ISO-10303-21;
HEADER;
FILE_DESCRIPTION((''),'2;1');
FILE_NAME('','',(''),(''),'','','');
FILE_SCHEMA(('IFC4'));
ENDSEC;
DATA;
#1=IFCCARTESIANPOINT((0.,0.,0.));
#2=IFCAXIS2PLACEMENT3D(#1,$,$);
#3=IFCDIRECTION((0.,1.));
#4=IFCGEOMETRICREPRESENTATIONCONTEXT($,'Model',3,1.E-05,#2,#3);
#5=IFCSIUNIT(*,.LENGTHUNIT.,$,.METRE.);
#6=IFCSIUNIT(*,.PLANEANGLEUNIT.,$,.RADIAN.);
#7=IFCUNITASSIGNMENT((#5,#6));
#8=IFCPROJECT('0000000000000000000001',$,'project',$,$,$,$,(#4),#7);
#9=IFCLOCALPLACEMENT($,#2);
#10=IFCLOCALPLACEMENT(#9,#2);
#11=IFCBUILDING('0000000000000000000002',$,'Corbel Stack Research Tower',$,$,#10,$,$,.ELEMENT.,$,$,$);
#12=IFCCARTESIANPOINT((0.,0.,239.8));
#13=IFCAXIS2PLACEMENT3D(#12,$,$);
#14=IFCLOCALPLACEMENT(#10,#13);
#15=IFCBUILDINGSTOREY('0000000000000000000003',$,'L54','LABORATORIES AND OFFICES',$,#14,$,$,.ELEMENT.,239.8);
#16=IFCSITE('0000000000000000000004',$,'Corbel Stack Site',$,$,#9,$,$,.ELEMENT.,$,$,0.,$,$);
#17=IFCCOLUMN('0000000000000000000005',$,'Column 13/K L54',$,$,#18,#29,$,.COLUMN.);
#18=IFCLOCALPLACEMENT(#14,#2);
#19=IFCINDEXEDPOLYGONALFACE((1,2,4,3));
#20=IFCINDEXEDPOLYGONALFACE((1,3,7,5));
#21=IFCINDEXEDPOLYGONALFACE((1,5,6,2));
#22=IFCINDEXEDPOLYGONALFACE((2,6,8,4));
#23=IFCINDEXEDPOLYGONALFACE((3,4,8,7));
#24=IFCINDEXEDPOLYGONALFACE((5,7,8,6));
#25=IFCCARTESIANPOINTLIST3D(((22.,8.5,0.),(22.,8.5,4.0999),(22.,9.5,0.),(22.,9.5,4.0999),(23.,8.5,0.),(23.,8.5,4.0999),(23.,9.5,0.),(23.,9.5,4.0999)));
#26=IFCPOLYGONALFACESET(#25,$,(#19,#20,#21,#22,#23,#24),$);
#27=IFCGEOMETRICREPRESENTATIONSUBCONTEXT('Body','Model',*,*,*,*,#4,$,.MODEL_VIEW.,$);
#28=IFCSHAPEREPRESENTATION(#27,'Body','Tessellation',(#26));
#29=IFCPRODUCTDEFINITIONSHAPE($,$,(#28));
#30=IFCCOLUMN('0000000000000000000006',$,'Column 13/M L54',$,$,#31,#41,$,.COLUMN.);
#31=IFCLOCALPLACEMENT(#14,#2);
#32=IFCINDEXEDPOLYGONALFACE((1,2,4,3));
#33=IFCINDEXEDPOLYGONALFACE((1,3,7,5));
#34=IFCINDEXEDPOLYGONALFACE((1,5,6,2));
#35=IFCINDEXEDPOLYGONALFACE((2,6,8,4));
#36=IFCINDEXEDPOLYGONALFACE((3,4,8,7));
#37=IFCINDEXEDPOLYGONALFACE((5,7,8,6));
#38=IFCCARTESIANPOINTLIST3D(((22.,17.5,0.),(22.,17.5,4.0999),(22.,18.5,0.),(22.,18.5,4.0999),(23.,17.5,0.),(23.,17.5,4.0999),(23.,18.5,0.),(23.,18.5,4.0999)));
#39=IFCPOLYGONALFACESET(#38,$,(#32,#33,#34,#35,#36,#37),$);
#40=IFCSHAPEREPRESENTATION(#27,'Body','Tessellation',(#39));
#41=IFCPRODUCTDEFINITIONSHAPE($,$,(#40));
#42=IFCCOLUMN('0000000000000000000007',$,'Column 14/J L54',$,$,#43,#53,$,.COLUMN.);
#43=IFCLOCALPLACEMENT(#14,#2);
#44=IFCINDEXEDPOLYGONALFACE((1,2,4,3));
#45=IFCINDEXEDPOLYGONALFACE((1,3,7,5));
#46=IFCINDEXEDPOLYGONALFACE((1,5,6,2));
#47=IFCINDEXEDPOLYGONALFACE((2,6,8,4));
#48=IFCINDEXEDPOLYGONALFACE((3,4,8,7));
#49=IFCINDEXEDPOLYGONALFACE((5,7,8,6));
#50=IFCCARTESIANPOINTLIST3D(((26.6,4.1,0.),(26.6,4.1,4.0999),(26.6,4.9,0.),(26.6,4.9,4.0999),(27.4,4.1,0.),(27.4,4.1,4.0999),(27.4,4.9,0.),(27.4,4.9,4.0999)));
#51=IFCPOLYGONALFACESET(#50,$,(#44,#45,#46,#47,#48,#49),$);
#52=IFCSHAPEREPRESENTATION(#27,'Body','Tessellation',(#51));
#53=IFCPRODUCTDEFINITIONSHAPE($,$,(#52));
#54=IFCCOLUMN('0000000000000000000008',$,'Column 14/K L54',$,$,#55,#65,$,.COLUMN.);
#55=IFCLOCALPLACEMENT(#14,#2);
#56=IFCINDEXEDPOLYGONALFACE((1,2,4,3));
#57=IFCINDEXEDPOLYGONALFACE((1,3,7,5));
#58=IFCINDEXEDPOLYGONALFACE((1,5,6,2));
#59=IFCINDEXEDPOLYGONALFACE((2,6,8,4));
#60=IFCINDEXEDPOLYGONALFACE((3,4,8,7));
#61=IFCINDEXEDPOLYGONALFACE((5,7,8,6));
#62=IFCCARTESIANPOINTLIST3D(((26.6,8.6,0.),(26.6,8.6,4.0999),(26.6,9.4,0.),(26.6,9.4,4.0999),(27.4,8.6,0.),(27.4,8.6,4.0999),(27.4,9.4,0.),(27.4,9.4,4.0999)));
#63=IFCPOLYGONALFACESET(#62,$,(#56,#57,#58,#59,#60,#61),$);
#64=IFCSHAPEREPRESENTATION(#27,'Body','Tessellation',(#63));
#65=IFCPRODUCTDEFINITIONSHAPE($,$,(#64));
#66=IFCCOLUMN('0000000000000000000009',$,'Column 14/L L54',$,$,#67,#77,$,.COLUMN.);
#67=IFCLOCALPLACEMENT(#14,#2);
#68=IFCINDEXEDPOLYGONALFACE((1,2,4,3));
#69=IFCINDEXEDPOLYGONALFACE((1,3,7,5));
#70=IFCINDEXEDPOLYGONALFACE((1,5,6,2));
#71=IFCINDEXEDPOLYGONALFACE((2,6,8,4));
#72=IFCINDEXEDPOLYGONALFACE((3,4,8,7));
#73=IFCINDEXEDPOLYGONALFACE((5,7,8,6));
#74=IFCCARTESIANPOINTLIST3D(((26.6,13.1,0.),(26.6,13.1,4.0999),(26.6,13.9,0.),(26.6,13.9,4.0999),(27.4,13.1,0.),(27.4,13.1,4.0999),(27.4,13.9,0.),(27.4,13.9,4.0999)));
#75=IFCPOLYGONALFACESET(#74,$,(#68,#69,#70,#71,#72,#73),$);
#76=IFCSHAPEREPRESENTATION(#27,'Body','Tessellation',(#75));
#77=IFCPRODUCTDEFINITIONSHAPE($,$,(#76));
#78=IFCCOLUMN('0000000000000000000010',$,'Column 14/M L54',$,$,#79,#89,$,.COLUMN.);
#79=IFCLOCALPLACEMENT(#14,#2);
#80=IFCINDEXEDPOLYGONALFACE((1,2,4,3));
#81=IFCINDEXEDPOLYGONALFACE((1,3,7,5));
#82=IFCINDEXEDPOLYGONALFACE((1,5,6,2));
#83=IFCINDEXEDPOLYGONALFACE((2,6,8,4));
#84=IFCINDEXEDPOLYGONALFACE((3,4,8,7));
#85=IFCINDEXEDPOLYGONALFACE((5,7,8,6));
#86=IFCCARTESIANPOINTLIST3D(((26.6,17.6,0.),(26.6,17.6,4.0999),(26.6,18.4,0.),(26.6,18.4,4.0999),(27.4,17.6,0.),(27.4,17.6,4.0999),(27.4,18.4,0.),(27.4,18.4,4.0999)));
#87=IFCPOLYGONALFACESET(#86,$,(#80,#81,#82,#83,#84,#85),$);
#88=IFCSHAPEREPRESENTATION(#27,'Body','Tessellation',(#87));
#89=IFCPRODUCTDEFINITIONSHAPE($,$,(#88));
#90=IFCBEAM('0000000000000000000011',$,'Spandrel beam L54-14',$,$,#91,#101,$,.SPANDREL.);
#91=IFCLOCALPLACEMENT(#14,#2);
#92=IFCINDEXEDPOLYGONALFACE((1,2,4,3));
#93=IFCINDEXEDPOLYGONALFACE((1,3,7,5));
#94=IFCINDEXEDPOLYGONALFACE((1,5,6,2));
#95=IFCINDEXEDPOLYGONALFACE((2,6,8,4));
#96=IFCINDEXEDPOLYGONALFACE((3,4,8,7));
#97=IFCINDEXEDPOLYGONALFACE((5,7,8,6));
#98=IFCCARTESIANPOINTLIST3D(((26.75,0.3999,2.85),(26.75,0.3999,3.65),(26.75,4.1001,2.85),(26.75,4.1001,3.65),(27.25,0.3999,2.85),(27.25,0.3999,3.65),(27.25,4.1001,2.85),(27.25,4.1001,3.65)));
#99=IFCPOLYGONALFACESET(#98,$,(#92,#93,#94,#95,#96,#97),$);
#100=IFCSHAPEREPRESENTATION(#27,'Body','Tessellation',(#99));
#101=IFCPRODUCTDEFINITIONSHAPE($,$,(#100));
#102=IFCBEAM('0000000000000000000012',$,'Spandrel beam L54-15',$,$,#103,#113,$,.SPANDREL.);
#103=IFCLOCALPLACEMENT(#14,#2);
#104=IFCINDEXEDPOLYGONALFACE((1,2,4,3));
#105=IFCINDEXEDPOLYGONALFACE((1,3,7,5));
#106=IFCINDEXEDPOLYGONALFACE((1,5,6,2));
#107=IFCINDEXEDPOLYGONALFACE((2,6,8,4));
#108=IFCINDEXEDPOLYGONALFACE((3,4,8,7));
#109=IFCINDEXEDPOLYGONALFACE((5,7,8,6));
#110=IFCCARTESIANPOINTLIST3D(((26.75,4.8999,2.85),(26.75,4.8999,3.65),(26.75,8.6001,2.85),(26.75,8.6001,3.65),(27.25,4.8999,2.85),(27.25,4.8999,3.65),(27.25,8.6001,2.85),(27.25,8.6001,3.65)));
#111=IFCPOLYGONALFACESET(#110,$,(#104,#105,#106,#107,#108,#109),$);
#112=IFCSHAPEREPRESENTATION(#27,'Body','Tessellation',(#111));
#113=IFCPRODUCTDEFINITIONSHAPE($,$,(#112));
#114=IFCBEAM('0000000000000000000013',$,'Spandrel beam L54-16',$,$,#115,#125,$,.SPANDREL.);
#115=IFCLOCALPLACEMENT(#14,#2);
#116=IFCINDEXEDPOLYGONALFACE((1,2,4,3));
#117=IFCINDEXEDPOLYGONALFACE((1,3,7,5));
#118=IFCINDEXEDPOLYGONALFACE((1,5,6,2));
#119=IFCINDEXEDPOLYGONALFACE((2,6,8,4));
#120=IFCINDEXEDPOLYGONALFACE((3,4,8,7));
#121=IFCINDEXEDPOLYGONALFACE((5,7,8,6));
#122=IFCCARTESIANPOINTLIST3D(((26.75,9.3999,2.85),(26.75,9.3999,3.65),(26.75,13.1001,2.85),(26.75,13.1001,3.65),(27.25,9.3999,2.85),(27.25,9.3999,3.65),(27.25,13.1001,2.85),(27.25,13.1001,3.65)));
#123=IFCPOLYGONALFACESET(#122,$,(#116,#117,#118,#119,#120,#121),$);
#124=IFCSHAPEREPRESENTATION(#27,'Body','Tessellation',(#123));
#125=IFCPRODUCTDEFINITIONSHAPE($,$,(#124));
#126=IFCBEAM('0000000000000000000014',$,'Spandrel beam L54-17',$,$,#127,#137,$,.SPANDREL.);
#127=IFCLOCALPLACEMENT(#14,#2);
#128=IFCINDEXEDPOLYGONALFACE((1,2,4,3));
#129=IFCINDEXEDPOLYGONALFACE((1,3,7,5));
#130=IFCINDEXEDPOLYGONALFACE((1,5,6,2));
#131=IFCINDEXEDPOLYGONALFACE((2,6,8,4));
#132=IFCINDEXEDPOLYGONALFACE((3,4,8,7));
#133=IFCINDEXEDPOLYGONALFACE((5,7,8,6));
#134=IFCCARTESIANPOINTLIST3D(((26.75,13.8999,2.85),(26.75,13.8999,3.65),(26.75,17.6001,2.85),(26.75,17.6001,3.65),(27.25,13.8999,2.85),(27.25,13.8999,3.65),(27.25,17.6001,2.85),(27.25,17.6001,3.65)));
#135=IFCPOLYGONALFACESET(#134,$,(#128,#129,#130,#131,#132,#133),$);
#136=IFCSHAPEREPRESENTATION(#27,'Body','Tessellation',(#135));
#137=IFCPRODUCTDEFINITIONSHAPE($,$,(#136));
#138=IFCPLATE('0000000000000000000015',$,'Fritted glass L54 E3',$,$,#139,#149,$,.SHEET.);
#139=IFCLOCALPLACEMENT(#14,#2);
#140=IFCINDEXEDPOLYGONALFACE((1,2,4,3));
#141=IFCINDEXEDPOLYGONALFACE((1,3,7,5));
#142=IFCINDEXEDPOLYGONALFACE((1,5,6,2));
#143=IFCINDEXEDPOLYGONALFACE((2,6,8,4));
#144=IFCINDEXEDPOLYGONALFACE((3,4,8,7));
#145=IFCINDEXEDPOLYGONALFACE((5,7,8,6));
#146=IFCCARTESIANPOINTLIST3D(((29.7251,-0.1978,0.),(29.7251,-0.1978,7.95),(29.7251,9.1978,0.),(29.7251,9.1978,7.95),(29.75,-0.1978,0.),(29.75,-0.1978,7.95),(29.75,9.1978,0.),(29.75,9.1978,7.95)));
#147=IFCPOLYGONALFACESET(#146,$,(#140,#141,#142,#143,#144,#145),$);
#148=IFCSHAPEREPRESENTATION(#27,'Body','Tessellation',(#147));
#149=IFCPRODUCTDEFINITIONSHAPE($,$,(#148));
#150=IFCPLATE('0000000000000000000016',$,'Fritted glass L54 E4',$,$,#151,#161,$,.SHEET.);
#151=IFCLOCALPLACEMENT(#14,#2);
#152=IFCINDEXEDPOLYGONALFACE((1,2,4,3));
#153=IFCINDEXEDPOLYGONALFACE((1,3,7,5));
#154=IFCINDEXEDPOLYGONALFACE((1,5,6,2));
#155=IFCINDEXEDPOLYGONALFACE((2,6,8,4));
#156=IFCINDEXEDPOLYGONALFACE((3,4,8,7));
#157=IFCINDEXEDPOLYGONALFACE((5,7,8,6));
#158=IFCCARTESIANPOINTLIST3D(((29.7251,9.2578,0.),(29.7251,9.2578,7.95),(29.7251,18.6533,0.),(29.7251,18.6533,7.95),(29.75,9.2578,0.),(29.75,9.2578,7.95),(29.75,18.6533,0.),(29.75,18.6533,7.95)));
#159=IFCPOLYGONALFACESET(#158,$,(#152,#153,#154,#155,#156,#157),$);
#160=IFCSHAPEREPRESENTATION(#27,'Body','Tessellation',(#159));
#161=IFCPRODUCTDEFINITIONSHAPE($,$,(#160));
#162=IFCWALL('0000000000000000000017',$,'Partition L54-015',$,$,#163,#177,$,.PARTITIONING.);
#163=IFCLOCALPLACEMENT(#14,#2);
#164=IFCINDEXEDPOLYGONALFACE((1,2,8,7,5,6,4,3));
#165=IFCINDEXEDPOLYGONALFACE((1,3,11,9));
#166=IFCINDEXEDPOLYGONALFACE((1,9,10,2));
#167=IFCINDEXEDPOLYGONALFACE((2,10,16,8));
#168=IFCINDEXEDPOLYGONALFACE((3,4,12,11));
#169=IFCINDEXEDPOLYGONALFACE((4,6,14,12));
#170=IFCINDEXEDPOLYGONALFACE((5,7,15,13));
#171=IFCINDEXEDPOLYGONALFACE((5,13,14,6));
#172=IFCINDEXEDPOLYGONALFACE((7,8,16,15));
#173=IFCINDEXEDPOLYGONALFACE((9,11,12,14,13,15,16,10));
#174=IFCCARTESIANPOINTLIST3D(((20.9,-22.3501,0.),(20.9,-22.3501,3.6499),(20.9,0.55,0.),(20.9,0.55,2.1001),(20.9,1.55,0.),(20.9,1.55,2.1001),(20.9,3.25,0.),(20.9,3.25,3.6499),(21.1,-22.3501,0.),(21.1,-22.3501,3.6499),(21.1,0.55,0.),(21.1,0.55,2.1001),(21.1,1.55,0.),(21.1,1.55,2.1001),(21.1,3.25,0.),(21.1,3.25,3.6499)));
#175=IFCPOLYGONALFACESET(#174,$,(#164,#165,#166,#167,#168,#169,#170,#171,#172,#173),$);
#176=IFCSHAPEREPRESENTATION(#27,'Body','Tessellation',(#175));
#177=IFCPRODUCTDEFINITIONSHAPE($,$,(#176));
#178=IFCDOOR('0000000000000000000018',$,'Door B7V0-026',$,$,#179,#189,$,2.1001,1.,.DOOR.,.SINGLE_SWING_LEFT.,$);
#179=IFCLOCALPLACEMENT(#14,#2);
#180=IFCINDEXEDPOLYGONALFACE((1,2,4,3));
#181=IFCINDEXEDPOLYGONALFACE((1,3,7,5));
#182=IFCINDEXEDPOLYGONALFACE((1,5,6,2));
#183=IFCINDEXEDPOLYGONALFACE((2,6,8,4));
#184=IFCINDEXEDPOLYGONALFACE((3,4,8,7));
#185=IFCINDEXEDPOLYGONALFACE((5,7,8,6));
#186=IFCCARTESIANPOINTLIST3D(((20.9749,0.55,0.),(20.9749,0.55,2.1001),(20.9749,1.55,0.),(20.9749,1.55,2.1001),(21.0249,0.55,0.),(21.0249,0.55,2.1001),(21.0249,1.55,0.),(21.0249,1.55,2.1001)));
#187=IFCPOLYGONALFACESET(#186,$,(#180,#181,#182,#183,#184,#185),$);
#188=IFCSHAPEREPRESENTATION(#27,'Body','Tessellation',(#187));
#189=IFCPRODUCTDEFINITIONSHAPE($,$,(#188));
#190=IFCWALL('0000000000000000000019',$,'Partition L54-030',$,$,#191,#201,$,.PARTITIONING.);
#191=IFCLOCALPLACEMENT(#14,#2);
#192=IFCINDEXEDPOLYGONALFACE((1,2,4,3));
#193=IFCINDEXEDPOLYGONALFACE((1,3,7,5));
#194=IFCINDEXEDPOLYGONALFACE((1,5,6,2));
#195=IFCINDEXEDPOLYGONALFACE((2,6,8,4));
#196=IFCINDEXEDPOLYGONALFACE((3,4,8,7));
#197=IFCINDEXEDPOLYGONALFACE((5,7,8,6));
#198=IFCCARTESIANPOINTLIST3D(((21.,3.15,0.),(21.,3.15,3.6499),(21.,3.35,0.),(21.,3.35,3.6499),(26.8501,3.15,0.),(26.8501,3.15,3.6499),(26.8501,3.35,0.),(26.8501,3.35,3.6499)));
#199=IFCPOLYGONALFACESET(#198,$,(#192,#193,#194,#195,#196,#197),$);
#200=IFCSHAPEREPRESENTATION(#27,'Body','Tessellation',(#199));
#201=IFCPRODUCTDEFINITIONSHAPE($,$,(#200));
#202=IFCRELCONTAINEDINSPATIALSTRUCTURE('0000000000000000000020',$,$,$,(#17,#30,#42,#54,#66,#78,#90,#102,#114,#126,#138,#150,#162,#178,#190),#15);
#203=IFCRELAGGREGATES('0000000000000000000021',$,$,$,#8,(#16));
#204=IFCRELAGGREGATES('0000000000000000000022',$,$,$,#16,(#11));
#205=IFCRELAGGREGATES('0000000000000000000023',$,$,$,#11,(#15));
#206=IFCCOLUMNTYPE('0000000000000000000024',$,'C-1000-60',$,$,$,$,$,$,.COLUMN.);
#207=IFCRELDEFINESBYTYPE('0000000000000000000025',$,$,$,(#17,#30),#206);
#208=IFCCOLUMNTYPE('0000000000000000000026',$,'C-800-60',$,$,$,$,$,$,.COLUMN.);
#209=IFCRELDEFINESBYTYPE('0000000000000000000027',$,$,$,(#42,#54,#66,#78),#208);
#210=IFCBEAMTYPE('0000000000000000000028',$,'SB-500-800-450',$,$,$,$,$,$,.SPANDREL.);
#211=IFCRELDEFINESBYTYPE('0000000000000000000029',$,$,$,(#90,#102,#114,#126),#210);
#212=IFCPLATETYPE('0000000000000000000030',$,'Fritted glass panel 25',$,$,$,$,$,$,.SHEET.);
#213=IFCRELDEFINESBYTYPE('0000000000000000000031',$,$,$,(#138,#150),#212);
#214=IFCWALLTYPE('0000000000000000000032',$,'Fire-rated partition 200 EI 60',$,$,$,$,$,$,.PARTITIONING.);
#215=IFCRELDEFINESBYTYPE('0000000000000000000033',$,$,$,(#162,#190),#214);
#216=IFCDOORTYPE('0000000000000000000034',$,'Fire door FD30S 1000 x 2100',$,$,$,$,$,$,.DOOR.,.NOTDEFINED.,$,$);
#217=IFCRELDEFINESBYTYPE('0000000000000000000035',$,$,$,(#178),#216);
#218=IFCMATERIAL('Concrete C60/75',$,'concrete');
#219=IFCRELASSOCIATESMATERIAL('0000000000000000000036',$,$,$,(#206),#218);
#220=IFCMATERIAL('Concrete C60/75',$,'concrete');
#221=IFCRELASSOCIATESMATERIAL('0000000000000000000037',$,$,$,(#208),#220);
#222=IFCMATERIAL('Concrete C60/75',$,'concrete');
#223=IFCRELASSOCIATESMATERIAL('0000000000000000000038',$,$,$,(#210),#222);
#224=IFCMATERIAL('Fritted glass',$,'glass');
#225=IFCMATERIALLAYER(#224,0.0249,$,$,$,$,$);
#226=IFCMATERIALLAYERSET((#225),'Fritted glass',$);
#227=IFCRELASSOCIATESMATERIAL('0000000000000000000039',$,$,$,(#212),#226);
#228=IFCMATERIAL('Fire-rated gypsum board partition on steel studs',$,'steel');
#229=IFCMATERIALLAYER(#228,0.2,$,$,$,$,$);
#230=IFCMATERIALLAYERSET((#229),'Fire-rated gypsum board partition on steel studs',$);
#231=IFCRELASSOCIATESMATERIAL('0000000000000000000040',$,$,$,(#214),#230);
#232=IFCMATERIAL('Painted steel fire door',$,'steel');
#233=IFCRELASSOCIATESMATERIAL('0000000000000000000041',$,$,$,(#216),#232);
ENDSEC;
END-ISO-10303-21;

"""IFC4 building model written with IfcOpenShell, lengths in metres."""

from ifc_helpers import new_model, si_unit, direction, frame, frame_2d, origin, origin_2d, place, context, subcontext, project, spatial, rectangle, extrude, material, layer, layer_set, material_profile, profile_set, type_object, element, fill, save


model = new_model("IFC4")

# Units and contexts
model_context = context("Model", 3, precision=1e-05, world=origin(), true_north=direction((0.0, 1.0)))
body_context = subcontext(model_context, "Body", "Model", "MODEL_VIEW")
ifc_project = project(units=[si_unit("LENGTHUNIT", "METRE"), si_unit("PLANEANGLEUNIT", "RADIAN")], contexts=[model_context])

# Site, building, storey
site_placement = place(None, origin())
site = spatial("IfcSite", under=ifc_project, at=site_placement, Name="Corbel Stack Site", CompositionType="ELEMENT", RefElevation=0.0)
building_placement = place(site_placement, origin())
building = spatial("IfcBuilding", under=site, at=building_placement, Name="Corbel Stack Research Tower", CompositionType="ELEMENT")
storey_placement = place(building_placement, frame((0.0, 0.0, 239.8)))
storey = spatial("IfcBuildingStorey", under=building, at=storey_placement, Name="L54", Description="LABORATORIES AND OFFICES", CompositionType="ELEMENT", Elevation=239.8)

# Columns
ifc_material_1 = material(Name="Concrete C60/75", Category="concrete")
ifc_material_profile_1 = material_profile(ifc_material_1, rectangle(XDim=1.0, YDim=1.0, at=origin_2d()), Name="RC 1000 x 1000")
ifc_profile_set_1 = profile_set([ifc_material_profile_1], Name="Concrete C60/75")
column_type_1 = type_object("IfcColumnType", Name="C-1000-60", PredefinedType="COLUMN", material=ifc_profile_set_1)
for number, where, z_axis, x_axis, name in (
    (1, (22.5, 9.0, 0.0), (0.0, 0.0, 1.0), (1.0, 0.0, 0.0), "Column 13/K L54"),
    (2, (22.5, 18.0, 0.0), (0.0, 0.0, 1.0), (1.0, 0.0, 0.0), "Column 13/M L54"),
):
    element("IfcColumn", number, at=place(storey_placement, frame(where, z_axis=z_axis, x_axis=x_axis)), inside=storey, type_object=column_type_1, Name=name, PredefinedType="COLUMN", context=body_context, shape_type="SweptSolid", body=[
        extrude(rectangle(XDim=1.0, YDim=1.0, at=origin_2d()), origin(), (0.0, 0.0, 1.0), 4.0999),
    ])
ifc_material_2 = material(Name="Concrete C60/75", Category="concrete")
ifc_material_profile_2 = material_profile(ifc_material_2, rectangle(XDim=0.8, YDim=0.8, at=origin_2d()), Name="RC 800 x 800")
ifc_profile_set_2 = profile_set([ifc_material_profile_2], Name="Concrete C60/75")
column_type_2 = type_object("IfcColumnType", Name="C-800-60", PredefinedType="COLUMN", material=ifc_profile_set_2)
for number, where, z_axis, x_axis, name in (
    (3, (27.0, 4.5, 0.0), (0.0, 0.0, 1.0), (1.0, 0.0, 0.0), "Column 14/J L54"),
    (4, (27.0, 9.0, 0.0), (0.0, 0.0, 1.0), (1.0, 0.0, 0.0), "Column 14/K L54"),
    (5, (27.0, 13.5, 0.0), (0.0, 0.0, 1.0), (1.0, 0.0, 0.0), "Column 14/L L54"),
    (6, (27.0, 18.0, 0.0), (0.0, 0.0, 1.0), (1.0, 0.0, 0.0), "Column 14/M L54"),
):
    element("IfcColumn", number, at=place(storey_placement, frame(where, z_axis=z_axis, x_axis=x_axis)), inside=storey, type_object=column_type_2, Name=name, PredefinedType="COLUMN", context=body_context, shape_type="SweptSolid", body=[
        extrude(rectangle(XDim=0.8, YDim=0.8, at=origin_2d()), origin(), (0.0, 0.0, 1.0), 4.0999),
    ])

# Beams
ifc_material_3 = material(Name="Concrete C60/75", Category="concrete")
ifc_material_profile_3 = material_profile(ifc_material_3, rectangle(XDim=0.5, YDim=0.8, at=origin_2d()), Name="RC 500 x 800")
ifc_profile_set_3 = profile_set([ifc_material_profile_3], Name="Concrete C60/75")
beam_type = type_object("IfcBeamType", Name="SB-500-800-450", PredefinedType="SPANDREL", material=ifc_profile_set_3)
for number, where, z_axis, x_axis, name in (
    (7, (27.0, 0.3999, 3.25), (0.0, 1.0, 0.0), (-1.0, 0.0, 0.0), "Spandrel beam L54-14"),
    (8, (27.0, 4.8999, 3.25), (0.0, 1.0, 0.0), (-1.0, 0.0, 0.0), "Spandrel beam L54-15"),
    (9, (27.0, 9.3999, 3.25), (0.0, 1.0, 0.0), (-1.0, 0.0, 0.0), "Spandrel beam L54-16"),
    (10, (27.0, 13.8999, 3.25), (0.0, 1.0, 0.0), (-1.0, 0.0, 0.0), "Spandrel beam L54-17"),
):
    element("IfcBeam", number, at=place(storey_placement, frame(where, z_axis=z_axis, x_axis=x_axis)), inside=storey, type_object=beam_type, Name=name, PredefinedType="SPANDREL", context=body_context, shape_type="SweptSolid", body=[
        extrude(rectangle(XDim=0.5, YDim=0.8, at=origin_2d()), origin(), (0.0, 0.0, 1.0), 3.7002),
    ])

# Plates
ifc_material_4 = material(Name="Fritted glass", Category="glass")
ifc_layer_1 = layer(ifc_material_4, 0.0249)
ifc_layer_set_1 = layer_set([ifc_layer_1], Name="Fritted glass")
plate_type = type_object("IfcPlateType", Name="Fritted glass panel 25", PredefinedType="SHEET", material=ifc_layer_set_1)
for number, where, z_axis, x_axis, name in (
    (11, (29.7375, 4.5, 0.0), (0.0, 0.0, 1.0), (0.0, 1.0, 0.0), "Fritted glass L54 E3"),
    (12, (29.7375, 13.9556, 0.0), (0.0, 0.0, 1.0), (0.0, 1.0, 0.0), "Fritted glass L54 E4"),
):
    element("IfcPlate", number, at=place(storey_placement, frame(where, z_axis=z_axis, x_axis=x_axis)), inside=storey, type_object=plate_type, Name=name, PredefinedType="SHEET", context=body_context, shape_type="SweptSolid", body=[
        extrude(rectangle(XDim=9.3955, YDim=0.0249, at=origin_2d()), origin(), (0.0, 0.0, 1.0), 7.95),
    ])

# Wall, opening, door
ifc_material_5 = material(Name="Fire-rated gypsum board partition on steel studs", Category="steel")
ifc_layer_2 = layer(ifc_material_5, 0.2)
ifc_layer_set_2 = layer_set([ifc_layer_2], Name="Fire-rated gypsum board partition on steel studs")
wall_type_1 = type_object("IfcWallType", Name="Fire-rated partition 200 EI 60", PredefinedType="PARTITIONING", material=ifc_layer_set_2)
wall_1_placement = place(storey_placement, frame((21.0, 3.25, 0.0), z_axis=(0.0, 0.0, 1.0), x_axis=(0.0, -1.0, 0.0)))
wall_1 = element("IfcWall", 13, at=wall_1_placement, inside=storey, type_object=wall_type_1, Name="Partition L54-015", PredefinedType="PARTITIONING", context=body_context, shape_type="SweptSolid", body=[
    extrude(rectangle(XDim=25.6001, YDim=0.2, at=frame_2d((12.8, 0.0))), origin(), (0.0, 0.0, 1.0), 3.6499),
])
opening_1_placement = place(wall_1_placement, frame((1.7, 0.0, 0.0)))
opening_1 = element("IfcOpeningElement", 14, at=opening_1_placement, cuts=wall_1, PredefinedType="OPENING", context=body_context, shape_type="SweptSolid", body=[
    extrude(rectangle(XDim=1.0, YDim=2.1001, at=frame_2d((0.5, 1.05))), frame((0.0, 0.1099, 0.0), z_axis=(0.0, -1.0, 0.0), x_axis=(1.0, 0.0, 0.0)), (0.0, 0.0, 1.0), 0.22),
])
ifc_material_6 = material(Name="Painted steel fire door", Category="steel")
door_type_1 = type_object("IfcDoorType", Name="Fire door FD30S 1000 x 2100", OperationType="NOTDEFINED", PredefinedType="DOOR", material=ifc_material_6)
door_1_placement = place(opening_1_placement, origin())
door_1 = element("IfcDoor", 15, at=door_1_placement, inside=storey, type_object=door_type_1, Name="Door B7V0-026", OperationType="SINGLE_SWING_LEFT", OverallHeight=2.1001, OverallWidth=1.0, PredefinedType="DOOR", context=body_context, shape_type="SweptSolid", body=[
    extrude(rectangle(XDim=1.0, YDim=2.1001, at=frame_2d((0.5, 1.05))), frame((0.0, 0.0249, 0.0), z_axis=(0.0, -1.0, 0.0), x_axis=(1.0, 0.0, 0.0)), (0.0, 0.0, 1.0), 0.05),
])
fill(opening_1, door_1)

# Wall
for number, where, z_axis, x_axis, name in (
    (16, (21.0, 3.25, 0.0), (0.0, 0.0, 1.0), (1.0, 0.0, 0.0), "Partition L54-030"),
):
    element("IfcWall", number, at=place(storey_placement, frame(where, z_axis=z_axis, x_axis=x_axis)), inside=storey, type_object=wall_type_1, Name=name, PredefinedType="PARTITIONING", context=body_context, shape_type="SweptSolid", body=[
        extrude(rectangle(XDim=5.8501, YDim=0.2, at=frame_2d((2.925, 0.0))), origin(), (0.0, 0.0, 1.0), 3.6499),
    ])

save(model, "model.ifc")
